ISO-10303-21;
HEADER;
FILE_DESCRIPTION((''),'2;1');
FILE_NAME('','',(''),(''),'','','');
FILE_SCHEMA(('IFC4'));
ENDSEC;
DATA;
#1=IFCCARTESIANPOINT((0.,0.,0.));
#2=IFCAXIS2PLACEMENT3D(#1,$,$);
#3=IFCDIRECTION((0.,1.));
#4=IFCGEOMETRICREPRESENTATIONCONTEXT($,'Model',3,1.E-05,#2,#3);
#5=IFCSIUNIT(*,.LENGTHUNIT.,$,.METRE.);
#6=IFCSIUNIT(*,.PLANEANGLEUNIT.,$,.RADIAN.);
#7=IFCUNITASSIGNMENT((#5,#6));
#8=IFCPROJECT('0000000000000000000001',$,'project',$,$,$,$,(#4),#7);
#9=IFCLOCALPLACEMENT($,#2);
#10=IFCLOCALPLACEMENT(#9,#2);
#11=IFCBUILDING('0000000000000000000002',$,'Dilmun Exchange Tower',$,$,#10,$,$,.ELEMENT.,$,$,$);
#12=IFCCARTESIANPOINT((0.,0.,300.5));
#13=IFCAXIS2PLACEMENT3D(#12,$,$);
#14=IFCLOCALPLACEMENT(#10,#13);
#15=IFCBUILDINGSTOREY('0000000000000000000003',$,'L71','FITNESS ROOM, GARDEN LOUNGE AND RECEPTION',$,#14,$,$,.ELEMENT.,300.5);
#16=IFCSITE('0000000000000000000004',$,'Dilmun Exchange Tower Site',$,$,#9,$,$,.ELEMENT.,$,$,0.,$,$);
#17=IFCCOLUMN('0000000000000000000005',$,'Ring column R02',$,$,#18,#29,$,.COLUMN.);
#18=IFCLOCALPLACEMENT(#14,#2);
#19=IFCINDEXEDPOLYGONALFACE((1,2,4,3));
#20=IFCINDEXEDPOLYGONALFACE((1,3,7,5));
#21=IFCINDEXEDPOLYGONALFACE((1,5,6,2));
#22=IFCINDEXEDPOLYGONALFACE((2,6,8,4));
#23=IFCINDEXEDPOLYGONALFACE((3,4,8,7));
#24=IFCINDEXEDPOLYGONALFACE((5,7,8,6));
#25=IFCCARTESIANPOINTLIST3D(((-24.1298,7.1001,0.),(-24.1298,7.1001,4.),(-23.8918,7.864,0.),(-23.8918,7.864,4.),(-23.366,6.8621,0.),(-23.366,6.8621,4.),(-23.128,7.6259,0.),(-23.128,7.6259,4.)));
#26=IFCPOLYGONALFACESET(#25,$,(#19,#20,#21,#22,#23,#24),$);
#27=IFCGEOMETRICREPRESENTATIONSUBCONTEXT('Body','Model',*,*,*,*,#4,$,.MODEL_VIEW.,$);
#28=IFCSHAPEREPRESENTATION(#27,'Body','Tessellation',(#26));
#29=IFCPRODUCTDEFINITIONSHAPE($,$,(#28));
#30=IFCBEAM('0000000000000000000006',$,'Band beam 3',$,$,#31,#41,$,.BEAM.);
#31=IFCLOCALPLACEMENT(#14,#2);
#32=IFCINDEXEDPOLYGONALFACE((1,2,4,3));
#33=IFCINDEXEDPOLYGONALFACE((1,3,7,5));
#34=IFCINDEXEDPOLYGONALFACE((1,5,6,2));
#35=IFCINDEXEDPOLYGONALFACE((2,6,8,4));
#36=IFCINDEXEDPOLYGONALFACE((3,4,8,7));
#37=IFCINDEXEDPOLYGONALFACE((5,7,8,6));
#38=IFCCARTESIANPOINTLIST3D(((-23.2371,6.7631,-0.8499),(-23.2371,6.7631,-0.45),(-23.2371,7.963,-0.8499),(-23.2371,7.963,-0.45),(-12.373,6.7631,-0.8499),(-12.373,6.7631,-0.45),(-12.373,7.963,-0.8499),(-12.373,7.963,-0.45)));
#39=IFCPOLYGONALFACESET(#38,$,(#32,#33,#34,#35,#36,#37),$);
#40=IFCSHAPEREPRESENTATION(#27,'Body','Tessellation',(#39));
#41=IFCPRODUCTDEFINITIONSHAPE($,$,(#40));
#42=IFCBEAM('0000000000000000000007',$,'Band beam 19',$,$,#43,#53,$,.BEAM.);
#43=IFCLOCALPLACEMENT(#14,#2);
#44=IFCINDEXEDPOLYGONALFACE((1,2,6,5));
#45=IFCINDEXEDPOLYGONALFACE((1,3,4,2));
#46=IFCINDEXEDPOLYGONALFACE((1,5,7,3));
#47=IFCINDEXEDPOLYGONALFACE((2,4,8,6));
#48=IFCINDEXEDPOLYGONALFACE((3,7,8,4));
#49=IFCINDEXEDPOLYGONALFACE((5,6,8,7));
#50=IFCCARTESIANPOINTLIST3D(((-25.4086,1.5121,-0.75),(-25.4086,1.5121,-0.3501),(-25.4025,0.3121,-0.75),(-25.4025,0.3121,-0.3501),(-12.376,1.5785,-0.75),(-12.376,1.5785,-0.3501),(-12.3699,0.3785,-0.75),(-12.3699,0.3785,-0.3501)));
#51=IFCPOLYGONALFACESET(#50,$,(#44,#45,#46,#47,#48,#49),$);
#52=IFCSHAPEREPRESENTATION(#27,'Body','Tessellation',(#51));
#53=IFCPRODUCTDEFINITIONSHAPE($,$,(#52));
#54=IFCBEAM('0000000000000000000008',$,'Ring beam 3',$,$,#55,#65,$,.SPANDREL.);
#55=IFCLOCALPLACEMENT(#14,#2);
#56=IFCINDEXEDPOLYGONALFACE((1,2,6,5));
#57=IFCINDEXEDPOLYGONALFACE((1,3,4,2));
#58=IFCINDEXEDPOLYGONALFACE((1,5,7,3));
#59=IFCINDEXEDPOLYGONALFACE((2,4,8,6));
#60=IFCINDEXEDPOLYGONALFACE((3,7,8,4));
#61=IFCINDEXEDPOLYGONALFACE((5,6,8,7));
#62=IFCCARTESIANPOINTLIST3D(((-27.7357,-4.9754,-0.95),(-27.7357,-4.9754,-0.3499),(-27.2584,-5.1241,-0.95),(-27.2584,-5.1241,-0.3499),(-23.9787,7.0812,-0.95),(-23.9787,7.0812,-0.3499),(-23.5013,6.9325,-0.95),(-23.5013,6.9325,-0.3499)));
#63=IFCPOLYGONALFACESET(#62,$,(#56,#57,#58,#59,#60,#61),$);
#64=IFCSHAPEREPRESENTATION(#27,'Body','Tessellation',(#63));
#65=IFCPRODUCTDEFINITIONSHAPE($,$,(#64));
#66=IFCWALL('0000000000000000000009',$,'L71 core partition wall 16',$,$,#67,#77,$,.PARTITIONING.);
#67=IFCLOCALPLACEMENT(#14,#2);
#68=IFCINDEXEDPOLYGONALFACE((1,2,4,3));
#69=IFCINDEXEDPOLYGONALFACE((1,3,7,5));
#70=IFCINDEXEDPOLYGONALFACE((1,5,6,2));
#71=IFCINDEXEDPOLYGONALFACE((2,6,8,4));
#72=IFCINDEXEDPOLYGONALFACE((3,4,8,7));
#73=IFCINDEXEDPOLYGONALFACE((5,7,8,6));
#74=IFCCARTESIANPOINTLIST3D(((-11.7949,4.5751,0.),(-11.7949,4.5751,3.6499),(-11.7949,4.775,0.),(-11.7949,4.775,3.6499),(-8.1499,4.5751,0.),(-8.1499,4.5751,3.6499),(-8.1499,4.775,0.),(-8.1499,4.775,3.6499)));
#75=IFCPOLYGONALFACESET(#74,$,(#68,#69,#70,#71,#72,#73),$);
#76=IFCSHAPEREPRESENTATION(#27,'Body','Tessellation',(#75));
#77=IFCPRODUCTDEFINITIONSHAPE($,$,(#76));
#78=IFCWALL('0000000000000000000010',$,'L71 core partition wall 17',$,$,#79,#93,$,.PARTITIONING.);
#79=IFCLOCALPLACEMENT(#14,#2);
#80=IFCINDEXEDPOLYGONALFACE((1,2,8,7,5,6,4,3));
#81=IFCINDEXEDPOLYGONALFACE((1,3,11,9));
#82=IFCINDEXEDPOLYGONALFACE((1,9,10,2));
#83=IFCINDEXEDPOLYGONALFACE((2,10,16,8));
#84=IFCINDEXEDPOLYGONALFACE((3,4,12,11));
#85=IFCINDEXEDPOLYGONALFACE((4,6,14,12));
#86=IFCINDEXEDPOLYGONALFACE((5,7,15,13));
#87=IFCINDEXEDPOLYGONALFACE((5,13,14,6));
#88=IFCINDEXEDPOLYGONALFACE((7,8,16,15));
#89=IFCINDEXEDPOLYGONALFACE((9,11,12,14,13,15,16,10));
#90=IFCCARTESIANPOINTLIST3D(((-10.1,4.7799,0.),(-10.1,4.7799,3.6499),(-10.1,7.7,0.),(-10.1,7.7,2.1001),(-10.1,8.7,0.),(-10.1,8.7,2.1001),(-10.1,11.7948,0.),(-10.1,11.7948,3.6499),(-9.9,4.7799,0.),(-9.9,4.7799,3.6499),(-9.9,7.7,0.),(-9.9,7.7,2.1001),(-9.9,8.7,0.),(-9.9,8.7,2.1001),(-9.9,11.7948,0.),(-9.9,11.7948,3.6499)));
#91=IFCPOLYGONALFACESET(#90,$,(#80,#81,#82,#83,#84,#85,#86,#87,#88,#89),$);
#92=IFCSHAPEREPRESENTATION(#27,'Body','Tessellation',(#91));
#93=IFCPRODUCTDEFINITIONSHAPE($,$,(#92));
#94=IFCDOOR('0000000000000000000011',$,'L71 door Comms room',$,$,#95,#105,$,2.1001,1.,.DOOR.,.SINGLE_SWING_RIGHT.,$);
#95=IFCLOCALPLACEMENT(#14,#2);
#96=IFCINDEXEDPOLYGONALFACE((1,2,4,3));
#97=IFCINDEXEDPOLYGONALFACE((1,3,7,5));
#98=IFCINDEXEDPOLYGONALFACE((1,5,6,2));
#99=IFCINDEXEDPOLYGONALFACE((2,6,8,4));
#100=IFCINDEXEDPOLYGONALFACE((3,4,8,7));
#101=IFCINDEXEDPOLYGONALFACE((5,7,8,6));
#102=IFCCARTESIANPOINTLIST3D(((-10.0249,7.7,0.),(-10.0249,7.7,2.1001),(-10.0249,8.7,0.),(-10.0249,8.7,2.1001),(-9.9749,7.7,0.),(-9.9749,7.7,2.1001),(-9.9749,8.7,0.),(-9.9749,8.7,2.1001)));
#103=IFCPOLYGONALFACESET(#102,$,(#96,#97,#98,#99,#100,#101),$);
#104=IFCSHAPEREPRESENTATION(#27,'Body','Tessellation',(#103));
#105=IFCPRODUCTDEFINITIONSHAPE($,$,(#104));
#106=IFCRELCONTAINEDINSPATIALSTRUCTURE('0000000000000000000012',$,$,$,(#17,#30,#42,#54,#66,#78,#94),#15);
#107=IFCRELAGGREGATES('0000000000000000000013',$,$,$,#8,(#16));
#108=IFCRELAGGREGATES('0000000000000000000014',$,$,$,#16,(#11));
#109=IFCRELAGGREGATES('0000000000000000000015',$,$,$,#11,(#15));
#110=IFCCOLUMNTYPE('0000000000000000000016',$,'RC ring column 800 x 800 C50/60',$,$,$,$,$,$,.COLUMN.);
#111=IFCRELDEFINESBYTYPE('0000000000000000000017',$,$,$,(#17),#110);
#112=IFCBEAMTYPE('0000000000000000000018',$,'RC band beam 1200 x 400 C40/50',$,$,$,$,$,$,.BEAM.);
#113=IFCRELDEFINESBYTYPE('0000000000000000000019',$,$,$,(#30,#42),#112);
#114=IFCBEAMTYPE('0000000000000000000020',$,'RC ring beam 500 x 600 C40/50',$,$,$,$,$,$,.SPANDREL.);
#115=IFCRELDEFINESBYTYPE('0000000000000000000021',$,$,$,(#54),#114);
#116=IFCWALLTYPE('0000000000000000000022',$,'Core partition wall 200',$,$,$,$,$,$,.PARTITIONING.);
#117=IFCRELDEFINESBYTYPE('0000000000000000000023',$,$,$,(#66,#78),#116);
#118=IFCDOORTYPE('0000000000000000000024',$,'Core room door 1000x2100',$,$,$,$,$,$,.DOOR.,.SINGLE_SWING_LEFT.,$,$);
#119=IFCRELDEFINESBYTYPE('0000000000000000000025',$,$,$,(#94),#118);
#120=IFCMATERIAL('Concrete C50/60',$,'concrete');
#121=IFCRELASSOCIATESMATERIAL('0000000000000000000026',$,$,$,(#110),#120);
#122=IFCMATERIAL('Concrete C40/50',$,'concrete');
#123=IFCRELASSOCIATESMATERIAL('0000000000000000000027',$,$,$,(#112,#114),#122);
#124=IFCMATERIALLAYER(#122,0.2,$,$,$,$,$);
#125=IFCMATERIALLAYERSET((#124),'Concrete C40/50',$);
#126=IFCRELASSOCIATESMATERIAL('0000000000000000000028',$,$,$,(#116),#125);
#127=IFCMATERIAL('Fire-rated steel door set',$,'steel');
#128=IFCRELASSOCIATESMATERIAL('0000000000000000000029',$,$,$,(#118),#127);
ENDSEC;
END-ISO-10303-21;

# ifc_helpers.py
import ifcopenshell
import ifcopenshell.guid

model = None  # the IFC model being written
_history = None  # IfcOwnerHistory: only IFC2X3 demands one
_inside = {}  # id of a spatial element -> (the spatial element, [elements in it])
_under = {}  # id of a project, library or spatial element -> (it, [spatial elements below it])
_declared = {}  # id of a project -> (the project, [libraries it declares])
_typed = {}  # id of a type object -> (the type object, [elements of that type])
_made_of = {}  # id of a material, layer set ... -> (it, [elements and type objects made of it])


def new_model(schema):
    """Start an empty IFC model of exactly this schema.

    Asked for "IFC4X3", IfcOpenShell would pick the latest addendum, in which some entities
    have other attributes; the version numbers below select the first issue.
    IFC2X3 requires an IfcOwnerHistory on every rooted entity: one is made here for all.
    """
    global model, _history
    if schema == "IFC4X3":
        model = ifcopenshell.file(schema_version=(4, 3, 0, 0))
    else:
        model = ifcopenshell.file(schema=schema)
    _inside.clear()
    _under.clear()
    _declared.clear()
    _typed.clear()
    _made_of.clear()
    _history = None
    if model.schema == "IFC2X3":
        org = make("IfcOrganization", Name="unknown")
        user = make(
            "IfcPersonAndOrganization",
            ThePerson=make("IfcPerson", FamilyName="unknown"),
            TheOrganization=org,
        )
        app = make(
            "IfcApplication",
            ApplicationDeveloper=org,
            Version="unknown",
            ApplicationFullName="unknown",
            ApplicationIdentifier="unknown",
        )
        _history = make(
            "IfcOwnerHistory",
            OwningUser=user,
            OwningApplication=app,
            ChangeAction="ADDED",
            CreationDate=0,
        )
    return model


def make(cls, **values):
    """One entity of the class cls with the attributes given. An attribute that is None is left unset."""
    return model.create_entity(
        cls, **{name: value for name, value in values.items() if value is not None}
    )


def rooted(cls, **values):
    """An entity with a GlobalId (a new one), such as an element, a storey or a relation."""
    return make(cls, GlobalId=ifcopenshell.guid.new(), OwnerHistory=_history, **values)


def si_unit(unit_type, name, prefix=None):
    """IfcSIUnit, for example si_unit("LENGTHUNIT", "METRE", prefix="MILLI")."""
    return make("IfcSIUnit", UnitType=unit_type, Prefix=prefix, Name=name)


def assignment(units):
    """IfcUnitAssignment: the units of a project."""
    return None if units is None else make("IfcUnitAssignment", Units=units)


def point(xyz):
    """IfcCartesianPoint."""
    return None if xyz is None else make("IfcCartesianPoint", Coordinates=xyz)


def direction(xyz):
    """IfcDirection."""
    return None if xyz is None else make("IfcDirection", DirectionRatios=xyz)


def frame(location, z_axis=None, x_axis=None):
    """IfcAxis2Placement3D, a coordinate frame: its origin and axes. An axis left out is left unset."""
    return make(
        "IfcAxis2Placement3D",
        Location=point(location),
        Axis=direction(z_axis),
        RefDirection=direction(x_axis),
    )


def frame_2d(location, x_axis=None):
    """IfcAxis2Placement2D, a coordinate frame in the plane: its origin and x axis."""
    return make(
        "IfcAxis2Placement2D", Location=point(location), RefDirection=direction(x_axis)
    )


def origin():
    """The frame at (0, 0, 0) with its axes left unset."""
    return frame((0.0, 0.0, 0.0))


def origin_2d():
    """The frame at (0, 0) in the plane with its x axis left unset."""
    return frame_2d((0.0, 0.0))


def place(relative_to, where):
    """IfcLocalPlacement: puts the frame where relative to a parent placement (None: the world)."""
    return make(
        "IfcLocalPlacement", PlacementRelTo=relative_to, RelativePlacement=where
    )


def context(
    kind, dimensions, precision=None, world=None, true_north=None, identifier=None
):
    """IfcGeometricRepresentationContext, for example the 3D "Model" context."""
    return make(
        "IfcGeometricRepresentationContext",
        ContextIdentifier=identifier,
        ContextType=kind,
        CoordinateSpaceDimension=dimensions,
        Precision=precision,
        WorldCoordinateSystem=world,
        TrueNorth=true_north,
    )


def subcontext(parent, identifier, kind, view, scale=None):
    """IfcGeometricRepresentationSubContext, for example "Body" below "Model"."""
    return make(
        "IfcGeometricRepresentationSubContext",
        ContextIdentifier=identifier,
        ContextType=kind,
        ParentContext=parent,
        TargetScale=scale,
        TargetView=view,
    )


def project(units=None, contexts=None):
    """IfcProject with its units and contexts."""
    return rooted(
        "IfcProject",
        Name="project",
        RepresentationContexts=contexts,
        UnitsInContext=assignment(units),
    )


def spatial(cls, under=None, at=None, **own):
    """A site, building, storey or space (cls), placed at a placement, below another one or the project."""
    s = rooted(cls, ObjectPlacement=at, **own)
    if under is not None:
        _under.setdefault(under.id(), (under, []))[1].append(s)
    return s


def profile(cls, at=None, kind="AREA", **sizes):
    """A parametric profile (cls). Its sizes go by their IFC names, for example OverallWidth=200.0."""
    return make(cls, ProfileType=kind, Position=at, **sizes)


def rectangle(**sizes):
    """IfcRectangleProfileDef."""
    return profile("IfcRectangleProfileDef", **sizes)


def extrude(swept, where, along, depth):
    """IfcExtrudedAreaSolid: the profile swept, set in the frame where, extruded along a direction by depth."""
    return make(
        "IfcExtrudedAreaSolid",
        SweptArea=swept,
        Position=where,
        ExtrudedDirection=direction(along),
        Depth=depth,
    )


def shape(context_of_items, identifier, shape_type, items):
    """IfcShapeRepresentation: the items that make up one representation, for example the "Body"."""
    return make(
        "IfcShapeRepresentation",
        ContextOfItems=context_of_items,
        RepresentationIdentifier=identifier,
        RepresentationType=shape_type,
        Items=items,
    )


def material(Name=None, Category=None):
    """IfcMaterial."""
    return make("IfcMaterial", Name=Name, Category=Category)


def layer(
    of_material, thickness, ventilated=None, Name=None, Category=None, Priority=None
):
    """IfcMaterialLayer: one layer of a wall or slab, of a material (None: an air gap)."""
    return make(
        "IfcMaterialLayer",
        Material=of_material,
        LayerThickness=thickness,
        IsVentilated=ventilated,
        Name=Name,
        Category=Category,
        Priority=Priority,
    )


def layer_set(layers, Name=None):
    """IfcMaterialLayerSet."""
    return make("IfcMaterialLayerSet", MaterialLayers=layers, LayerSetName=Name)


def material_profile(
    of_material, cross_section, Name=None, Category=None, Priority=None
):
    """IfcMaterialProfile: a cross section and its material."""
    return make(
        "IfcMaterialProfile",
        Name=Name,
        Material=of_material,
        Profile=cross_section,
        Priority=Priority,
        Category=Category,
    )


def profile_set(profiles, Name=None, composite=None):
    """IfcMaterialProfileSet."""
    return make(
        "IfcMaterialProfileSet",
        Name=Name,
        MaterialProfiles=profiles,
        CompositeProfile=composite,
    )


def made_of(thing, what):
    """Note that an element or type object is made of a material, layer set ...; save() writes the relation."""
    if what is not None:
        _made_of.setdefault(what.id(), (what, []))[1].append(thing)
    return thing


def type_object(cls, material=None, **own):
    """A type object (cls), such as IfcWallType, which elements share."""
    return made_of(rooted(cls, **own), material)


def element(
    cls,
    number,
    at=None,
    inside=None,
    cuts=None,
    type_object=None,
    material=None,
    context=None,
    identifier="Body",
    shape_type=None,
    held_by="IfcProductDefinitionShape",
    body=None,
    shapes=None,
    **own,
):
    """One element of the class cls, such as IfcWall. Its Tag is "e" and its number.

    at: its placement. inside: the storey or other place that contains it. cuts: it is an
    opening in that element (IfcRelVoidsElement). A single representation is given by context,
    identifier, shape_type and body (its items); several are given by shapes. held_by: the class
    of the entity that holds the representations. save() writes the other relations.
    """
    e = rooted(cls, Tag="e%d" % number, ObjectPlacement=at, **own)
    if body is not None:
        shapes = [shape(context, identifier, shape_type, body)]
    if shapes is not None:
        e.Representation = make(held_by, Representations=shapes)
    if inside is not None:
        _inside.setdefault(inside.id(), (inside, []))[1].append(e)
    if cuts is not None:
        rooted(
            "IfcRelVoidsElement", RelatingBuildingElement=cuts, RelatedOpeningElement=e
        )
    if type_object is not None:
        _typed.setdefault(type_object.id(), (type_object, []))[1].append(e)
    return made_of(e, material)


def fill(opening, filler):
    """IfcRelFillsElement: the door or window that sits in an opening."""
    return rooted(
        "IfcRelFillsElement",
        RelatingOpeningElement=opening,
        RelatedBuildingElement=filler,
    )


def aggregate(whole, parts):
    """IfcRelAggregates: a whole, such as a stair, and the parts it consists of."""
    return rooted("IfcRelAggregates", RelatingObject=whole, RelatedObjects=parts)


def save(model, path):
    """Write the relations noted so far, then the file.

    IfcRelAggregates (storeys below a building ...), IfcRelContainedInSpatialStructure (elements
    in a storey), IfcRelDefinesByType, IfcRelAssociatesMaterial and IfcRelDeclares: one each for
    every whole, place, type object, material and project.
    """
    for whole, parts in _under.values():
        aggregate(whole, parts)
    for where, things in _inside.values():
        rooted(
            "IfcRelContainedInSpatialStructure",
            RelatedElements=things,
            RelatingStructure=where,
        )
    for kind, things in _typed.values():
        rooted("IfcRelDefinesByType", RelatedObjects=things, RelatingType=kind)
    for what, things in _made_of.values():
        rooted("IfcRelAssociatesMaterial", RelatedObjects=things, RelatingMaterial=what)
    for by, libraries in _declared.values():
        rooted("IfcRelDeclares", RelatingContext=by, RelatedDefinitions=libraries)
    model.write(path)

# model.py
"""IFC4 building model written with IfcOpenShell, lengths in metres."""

from ifc_helpers import new_model, si_unit, direction, frame, frame_2d, origin, origin_2d, place, context, subcontext, project, spatial, rectangle, extrude, material, layer, layer_set, material_profile, profile_set, type_object, element, fill, save


model = new_model("IFC4")

# Units and contexts
model_context = context("Model", 3, precision=1e-05, world=origin(), true_north=direction((0.0, 1.0)))
body_context = subcontext(model_context, "Body", "Model", "MODEL_VIEW")
ifc_project = project(units=[si_unit("LENGTHUNIT", "METRE"), si_unit("PLANEANGLEUNIT", "RADIAN")], contexts=[model_context])

# Site, building, storey
site_placement = place(None, origin())
site = spatial("IfcSite", under=ifc_project, at=site_placement, Name="Dilmun Exchange Tower Site", CompositionType="ELEMENT", RefElevation=0.0)
building_placement = place(site_placement, origin())
building = spatial("IfcBuilding", under=site, at=building_placement, Name="Dilmun Exchange Tower", CompositionType="ELEMENT")
storey_placement = place(building_placement, frame((0.0, 0.0, 300.5)))
storey = spatial("IfcBuildingStorey", under=building, at=storey_placement, Name="L71", Description="FITNESS ROOM, GARDEN LOUNGE AND RECEPTION", CompositionType="ELEMENT", Elevation=300.5)

# Column
ifc_material_1 = material(Name="Concrete C50/60", Category="concrete")
ifc_material_profile_1 = material_profile(ifc_material_1, rectangle(XDim=0.8, YDim=0.8, at=origin_2d()), Name="800 x 800")
ifc_profile_set_1 = profile_set([ifc_material_profile_1], Name="Concrete C50/60")
column_type = type_object("IfcColumnType", Name="RC ring column 800 x 800 C50/60", PredefinedType="COLUMN", material=ifc_profile_set_1)
column_placement = place(storey_placement, frame((-23.6289, 7.363, 0.0), z_axis=(0.0, 0.0, 1.0), x_axis=(0.297503, 0.954721, 0.0)))
element("IfcColumn", 1, at=column_placement, inside=storey, type_object=column_type, Name="Ring column R02", PredefinedType="COLUMN", context=body_context, shape_type="SweptSolid", body=[
    extrude(rectangle(XDim=0.8, YDim=0.8, at=origin_2d()), origin(), (0.0, 0.0, 1.0), 4.0),
])

# Beams
ifc_material_2 = material(Name="Concrete C40/50", Category="concrete")
ifc_material_profile_2 = material_profile(ifc_material_2, rectangle(XDim=1.2, YDim=0.3999, at=origin_2d()), Name="1200 x 400")
ifc_profile_set_2 = profile_set([ifc_material_profile_2], Name="Concrete C40/50")
beam_type_1 = type_object("IfcBeamType", Name="RC band beam 1200 x 400 C40/50", PredefinedType="BEAM", material=ifc_profile_set_2)
beam_1_placement = place(storey_placement, frame((-23.2371, 7.363, -0.6499), z_axis=(1.0, 0.0, 0.0), x_axis=(0.0, 1.0, 0.0)))
element("IfcBeam", 2, at=beam_1_placement, inside=storey, type_object=beam_type_1, Name="Band beam 3", PredefinedType="BEAM", context=body_context, shape_type="SweptSolid", body=[
    extrude(rectangle(XDim=1.2, YDim=0.3999, at=origin_2d()), origin(), (0.0, 0.0, 1.0), 10.864),
])
beam_2_placement = place(storey_placement, frame((-25.4055, 0.9121, -0.55), z_axis=(0.999987, 0.005095, 0.0), x_axis=(-0.005095, 0.999987, 0.0)))
element("IfcBeam", 3, at=beam_2_placement, inside=storey, type_object=beam_type_1, Name="Band beam 19", PredefinedType="BEAM", context=body_context, shape_type="SweptSolid", body=[
    extrude(rectangle(XDim=1.2, YDim=0.3999, at=origin_2d()), origin(), (0.0, 0.0, 1.0), 13.0327),
])
ifc_material_profile_3 = material_profile(ifc_material_2, rectangle(XDim=0.5, YDim=0.6001, at=origin_2d()), Name="500 x 600")
ifc_profile_set_3 = profile_set([ifc_material_profile_3], Name="Concrete C40/50")
beam_type_2 = type_object("IfcBeamType", Name="RC ring beam 500 x 600 C40/50", PredefinedType="SPANDREL", material=ifc_profile_set_3)
beam_3_placement = place(storey_placement, frame((-23.74, 7.0068, -0.6499), z_axis=(-0.297509, -0.954719, 0.0), x_axis=(0.954719, -0.297509, 0.0)))
element("IfcBeam", 4, at=beam_3_placement, inside=storey, type_object=beam_type_2, Name="Ring beam 3", PredefinedType="SPANDREL", context=body_context, shape_type="SweptSolid", body=[
    extrude(rectangle(XDim=0.5, YDim=0.6001, at=origin_2d()), origin(), (0.0, 0.0, 1.0), 12.6284),
])

# Wall
ifc_layer_1 = layer(ifc_material_2, 0.2)
ifc_layer_set_1 = layer_set([ifc_layer_1], Name="Concrete C40/50")
wall_type_1 = type_object("IfcWallType", Name="Core partition wall 200", PredefinedType="PARTITIONING", material=ifc_layer_set_1)
wall_1_placement = place(storey_placement, frame((-11.7949, 4.675, 0.0), z_axis=(0.0, 0.0, 1.0), x_axis=(1.0, 0.0, 0.0)))
element("IfcWall", 5, at=wall_1_placement, inside=storey, type_object=wall_type_1, Name="L71 core partition wall 16", PredefinedType="PARTITIONING", context=body_context, shape_type="SweptSolid", body=[
    extrude(rectangle(XDim=3.645, YDim=0.2, at=frame_2d((1.8225, 0.0))), origin(), (0.0, 0.0, 1.0), 3.6499),
])

# Wall, opening, door
wall_2_placement = place(storey_placement, frame((-10.0, 4.78, 0.0), z_axis=(0.0, 0.0, 1.0), x_axis=(0.0, 1.0, 0.0)))
wall_2 = element("IfcWall", 6, at=wall_2_placement, inside=storey, type_object=wall_type_1, Name="L71 core partition wall 17", PredefinedType="PARTITIONING", context=body_context, shape_type="SweptSolid", body=[
    extrude(rectangle(XDim=7.0149, YDim=0.2, at=frame_2d((3.5073, 0.0))), origin(), (0.0, 0.0, 1.0), 3.6499),
])
opening_1_placement = place(wall_2_placement, frame((2.9199, 0.0, 0.0)))
opening_1 = element("IfcOpeningElement", 7, at=opening_1_placement, cuts=wall_2, PredefinedType="OPENING", context=body_context, shape_type="SweptSolid", body=[
    extrude(rectangle(XDim=1.0, YDim=2.1001, at=frame_2d((0.5, 1.05))), frame((0.0, 0.1099, 0.0), z_axis=(0.0, -1.0, 0.0), x_axis=(1.0, 0.0, 0.0)), (0.0, 0.0, 1.0), 0.22),
])
ifc_material_3 = material(Name="Fire-rated steel door set", Category="steel")
door_type_1 = type_object("IfcDoorType", Name="Core room door 1000x2100", OperationType="SINGLE_SWING_LEFT", PredefinedType="DOOR", material=ifc_material_3)
door_1_placement = place(opening_1_placement, origin())
door_1 = element("IfcDoor", 8, at=door_1_placement, inside=storey, type_object=door_type_1, Name="L71 door Comms room", OperationType="SINGLE_SWING_RIGHT", OverallHeight=2.1001, OverallWidth=1.0, PredefinedType="DOOR", context=body_context, shape_type="SweptSolid", body=[
    extrude(rectangle(XDim=1.0, YDim=2.1001, at=frame_2d((0.5, 1.05))), frame((0.0, 0.0249, 0.0), z_axis=(0.0, -1.0, 0.0), x_axis=(1.0, 0.0, 0.0)), (0.0, 0.0, 1.0), 0.05),
])
fill(opening_1, door_1)

save(model, "model.ifc")
